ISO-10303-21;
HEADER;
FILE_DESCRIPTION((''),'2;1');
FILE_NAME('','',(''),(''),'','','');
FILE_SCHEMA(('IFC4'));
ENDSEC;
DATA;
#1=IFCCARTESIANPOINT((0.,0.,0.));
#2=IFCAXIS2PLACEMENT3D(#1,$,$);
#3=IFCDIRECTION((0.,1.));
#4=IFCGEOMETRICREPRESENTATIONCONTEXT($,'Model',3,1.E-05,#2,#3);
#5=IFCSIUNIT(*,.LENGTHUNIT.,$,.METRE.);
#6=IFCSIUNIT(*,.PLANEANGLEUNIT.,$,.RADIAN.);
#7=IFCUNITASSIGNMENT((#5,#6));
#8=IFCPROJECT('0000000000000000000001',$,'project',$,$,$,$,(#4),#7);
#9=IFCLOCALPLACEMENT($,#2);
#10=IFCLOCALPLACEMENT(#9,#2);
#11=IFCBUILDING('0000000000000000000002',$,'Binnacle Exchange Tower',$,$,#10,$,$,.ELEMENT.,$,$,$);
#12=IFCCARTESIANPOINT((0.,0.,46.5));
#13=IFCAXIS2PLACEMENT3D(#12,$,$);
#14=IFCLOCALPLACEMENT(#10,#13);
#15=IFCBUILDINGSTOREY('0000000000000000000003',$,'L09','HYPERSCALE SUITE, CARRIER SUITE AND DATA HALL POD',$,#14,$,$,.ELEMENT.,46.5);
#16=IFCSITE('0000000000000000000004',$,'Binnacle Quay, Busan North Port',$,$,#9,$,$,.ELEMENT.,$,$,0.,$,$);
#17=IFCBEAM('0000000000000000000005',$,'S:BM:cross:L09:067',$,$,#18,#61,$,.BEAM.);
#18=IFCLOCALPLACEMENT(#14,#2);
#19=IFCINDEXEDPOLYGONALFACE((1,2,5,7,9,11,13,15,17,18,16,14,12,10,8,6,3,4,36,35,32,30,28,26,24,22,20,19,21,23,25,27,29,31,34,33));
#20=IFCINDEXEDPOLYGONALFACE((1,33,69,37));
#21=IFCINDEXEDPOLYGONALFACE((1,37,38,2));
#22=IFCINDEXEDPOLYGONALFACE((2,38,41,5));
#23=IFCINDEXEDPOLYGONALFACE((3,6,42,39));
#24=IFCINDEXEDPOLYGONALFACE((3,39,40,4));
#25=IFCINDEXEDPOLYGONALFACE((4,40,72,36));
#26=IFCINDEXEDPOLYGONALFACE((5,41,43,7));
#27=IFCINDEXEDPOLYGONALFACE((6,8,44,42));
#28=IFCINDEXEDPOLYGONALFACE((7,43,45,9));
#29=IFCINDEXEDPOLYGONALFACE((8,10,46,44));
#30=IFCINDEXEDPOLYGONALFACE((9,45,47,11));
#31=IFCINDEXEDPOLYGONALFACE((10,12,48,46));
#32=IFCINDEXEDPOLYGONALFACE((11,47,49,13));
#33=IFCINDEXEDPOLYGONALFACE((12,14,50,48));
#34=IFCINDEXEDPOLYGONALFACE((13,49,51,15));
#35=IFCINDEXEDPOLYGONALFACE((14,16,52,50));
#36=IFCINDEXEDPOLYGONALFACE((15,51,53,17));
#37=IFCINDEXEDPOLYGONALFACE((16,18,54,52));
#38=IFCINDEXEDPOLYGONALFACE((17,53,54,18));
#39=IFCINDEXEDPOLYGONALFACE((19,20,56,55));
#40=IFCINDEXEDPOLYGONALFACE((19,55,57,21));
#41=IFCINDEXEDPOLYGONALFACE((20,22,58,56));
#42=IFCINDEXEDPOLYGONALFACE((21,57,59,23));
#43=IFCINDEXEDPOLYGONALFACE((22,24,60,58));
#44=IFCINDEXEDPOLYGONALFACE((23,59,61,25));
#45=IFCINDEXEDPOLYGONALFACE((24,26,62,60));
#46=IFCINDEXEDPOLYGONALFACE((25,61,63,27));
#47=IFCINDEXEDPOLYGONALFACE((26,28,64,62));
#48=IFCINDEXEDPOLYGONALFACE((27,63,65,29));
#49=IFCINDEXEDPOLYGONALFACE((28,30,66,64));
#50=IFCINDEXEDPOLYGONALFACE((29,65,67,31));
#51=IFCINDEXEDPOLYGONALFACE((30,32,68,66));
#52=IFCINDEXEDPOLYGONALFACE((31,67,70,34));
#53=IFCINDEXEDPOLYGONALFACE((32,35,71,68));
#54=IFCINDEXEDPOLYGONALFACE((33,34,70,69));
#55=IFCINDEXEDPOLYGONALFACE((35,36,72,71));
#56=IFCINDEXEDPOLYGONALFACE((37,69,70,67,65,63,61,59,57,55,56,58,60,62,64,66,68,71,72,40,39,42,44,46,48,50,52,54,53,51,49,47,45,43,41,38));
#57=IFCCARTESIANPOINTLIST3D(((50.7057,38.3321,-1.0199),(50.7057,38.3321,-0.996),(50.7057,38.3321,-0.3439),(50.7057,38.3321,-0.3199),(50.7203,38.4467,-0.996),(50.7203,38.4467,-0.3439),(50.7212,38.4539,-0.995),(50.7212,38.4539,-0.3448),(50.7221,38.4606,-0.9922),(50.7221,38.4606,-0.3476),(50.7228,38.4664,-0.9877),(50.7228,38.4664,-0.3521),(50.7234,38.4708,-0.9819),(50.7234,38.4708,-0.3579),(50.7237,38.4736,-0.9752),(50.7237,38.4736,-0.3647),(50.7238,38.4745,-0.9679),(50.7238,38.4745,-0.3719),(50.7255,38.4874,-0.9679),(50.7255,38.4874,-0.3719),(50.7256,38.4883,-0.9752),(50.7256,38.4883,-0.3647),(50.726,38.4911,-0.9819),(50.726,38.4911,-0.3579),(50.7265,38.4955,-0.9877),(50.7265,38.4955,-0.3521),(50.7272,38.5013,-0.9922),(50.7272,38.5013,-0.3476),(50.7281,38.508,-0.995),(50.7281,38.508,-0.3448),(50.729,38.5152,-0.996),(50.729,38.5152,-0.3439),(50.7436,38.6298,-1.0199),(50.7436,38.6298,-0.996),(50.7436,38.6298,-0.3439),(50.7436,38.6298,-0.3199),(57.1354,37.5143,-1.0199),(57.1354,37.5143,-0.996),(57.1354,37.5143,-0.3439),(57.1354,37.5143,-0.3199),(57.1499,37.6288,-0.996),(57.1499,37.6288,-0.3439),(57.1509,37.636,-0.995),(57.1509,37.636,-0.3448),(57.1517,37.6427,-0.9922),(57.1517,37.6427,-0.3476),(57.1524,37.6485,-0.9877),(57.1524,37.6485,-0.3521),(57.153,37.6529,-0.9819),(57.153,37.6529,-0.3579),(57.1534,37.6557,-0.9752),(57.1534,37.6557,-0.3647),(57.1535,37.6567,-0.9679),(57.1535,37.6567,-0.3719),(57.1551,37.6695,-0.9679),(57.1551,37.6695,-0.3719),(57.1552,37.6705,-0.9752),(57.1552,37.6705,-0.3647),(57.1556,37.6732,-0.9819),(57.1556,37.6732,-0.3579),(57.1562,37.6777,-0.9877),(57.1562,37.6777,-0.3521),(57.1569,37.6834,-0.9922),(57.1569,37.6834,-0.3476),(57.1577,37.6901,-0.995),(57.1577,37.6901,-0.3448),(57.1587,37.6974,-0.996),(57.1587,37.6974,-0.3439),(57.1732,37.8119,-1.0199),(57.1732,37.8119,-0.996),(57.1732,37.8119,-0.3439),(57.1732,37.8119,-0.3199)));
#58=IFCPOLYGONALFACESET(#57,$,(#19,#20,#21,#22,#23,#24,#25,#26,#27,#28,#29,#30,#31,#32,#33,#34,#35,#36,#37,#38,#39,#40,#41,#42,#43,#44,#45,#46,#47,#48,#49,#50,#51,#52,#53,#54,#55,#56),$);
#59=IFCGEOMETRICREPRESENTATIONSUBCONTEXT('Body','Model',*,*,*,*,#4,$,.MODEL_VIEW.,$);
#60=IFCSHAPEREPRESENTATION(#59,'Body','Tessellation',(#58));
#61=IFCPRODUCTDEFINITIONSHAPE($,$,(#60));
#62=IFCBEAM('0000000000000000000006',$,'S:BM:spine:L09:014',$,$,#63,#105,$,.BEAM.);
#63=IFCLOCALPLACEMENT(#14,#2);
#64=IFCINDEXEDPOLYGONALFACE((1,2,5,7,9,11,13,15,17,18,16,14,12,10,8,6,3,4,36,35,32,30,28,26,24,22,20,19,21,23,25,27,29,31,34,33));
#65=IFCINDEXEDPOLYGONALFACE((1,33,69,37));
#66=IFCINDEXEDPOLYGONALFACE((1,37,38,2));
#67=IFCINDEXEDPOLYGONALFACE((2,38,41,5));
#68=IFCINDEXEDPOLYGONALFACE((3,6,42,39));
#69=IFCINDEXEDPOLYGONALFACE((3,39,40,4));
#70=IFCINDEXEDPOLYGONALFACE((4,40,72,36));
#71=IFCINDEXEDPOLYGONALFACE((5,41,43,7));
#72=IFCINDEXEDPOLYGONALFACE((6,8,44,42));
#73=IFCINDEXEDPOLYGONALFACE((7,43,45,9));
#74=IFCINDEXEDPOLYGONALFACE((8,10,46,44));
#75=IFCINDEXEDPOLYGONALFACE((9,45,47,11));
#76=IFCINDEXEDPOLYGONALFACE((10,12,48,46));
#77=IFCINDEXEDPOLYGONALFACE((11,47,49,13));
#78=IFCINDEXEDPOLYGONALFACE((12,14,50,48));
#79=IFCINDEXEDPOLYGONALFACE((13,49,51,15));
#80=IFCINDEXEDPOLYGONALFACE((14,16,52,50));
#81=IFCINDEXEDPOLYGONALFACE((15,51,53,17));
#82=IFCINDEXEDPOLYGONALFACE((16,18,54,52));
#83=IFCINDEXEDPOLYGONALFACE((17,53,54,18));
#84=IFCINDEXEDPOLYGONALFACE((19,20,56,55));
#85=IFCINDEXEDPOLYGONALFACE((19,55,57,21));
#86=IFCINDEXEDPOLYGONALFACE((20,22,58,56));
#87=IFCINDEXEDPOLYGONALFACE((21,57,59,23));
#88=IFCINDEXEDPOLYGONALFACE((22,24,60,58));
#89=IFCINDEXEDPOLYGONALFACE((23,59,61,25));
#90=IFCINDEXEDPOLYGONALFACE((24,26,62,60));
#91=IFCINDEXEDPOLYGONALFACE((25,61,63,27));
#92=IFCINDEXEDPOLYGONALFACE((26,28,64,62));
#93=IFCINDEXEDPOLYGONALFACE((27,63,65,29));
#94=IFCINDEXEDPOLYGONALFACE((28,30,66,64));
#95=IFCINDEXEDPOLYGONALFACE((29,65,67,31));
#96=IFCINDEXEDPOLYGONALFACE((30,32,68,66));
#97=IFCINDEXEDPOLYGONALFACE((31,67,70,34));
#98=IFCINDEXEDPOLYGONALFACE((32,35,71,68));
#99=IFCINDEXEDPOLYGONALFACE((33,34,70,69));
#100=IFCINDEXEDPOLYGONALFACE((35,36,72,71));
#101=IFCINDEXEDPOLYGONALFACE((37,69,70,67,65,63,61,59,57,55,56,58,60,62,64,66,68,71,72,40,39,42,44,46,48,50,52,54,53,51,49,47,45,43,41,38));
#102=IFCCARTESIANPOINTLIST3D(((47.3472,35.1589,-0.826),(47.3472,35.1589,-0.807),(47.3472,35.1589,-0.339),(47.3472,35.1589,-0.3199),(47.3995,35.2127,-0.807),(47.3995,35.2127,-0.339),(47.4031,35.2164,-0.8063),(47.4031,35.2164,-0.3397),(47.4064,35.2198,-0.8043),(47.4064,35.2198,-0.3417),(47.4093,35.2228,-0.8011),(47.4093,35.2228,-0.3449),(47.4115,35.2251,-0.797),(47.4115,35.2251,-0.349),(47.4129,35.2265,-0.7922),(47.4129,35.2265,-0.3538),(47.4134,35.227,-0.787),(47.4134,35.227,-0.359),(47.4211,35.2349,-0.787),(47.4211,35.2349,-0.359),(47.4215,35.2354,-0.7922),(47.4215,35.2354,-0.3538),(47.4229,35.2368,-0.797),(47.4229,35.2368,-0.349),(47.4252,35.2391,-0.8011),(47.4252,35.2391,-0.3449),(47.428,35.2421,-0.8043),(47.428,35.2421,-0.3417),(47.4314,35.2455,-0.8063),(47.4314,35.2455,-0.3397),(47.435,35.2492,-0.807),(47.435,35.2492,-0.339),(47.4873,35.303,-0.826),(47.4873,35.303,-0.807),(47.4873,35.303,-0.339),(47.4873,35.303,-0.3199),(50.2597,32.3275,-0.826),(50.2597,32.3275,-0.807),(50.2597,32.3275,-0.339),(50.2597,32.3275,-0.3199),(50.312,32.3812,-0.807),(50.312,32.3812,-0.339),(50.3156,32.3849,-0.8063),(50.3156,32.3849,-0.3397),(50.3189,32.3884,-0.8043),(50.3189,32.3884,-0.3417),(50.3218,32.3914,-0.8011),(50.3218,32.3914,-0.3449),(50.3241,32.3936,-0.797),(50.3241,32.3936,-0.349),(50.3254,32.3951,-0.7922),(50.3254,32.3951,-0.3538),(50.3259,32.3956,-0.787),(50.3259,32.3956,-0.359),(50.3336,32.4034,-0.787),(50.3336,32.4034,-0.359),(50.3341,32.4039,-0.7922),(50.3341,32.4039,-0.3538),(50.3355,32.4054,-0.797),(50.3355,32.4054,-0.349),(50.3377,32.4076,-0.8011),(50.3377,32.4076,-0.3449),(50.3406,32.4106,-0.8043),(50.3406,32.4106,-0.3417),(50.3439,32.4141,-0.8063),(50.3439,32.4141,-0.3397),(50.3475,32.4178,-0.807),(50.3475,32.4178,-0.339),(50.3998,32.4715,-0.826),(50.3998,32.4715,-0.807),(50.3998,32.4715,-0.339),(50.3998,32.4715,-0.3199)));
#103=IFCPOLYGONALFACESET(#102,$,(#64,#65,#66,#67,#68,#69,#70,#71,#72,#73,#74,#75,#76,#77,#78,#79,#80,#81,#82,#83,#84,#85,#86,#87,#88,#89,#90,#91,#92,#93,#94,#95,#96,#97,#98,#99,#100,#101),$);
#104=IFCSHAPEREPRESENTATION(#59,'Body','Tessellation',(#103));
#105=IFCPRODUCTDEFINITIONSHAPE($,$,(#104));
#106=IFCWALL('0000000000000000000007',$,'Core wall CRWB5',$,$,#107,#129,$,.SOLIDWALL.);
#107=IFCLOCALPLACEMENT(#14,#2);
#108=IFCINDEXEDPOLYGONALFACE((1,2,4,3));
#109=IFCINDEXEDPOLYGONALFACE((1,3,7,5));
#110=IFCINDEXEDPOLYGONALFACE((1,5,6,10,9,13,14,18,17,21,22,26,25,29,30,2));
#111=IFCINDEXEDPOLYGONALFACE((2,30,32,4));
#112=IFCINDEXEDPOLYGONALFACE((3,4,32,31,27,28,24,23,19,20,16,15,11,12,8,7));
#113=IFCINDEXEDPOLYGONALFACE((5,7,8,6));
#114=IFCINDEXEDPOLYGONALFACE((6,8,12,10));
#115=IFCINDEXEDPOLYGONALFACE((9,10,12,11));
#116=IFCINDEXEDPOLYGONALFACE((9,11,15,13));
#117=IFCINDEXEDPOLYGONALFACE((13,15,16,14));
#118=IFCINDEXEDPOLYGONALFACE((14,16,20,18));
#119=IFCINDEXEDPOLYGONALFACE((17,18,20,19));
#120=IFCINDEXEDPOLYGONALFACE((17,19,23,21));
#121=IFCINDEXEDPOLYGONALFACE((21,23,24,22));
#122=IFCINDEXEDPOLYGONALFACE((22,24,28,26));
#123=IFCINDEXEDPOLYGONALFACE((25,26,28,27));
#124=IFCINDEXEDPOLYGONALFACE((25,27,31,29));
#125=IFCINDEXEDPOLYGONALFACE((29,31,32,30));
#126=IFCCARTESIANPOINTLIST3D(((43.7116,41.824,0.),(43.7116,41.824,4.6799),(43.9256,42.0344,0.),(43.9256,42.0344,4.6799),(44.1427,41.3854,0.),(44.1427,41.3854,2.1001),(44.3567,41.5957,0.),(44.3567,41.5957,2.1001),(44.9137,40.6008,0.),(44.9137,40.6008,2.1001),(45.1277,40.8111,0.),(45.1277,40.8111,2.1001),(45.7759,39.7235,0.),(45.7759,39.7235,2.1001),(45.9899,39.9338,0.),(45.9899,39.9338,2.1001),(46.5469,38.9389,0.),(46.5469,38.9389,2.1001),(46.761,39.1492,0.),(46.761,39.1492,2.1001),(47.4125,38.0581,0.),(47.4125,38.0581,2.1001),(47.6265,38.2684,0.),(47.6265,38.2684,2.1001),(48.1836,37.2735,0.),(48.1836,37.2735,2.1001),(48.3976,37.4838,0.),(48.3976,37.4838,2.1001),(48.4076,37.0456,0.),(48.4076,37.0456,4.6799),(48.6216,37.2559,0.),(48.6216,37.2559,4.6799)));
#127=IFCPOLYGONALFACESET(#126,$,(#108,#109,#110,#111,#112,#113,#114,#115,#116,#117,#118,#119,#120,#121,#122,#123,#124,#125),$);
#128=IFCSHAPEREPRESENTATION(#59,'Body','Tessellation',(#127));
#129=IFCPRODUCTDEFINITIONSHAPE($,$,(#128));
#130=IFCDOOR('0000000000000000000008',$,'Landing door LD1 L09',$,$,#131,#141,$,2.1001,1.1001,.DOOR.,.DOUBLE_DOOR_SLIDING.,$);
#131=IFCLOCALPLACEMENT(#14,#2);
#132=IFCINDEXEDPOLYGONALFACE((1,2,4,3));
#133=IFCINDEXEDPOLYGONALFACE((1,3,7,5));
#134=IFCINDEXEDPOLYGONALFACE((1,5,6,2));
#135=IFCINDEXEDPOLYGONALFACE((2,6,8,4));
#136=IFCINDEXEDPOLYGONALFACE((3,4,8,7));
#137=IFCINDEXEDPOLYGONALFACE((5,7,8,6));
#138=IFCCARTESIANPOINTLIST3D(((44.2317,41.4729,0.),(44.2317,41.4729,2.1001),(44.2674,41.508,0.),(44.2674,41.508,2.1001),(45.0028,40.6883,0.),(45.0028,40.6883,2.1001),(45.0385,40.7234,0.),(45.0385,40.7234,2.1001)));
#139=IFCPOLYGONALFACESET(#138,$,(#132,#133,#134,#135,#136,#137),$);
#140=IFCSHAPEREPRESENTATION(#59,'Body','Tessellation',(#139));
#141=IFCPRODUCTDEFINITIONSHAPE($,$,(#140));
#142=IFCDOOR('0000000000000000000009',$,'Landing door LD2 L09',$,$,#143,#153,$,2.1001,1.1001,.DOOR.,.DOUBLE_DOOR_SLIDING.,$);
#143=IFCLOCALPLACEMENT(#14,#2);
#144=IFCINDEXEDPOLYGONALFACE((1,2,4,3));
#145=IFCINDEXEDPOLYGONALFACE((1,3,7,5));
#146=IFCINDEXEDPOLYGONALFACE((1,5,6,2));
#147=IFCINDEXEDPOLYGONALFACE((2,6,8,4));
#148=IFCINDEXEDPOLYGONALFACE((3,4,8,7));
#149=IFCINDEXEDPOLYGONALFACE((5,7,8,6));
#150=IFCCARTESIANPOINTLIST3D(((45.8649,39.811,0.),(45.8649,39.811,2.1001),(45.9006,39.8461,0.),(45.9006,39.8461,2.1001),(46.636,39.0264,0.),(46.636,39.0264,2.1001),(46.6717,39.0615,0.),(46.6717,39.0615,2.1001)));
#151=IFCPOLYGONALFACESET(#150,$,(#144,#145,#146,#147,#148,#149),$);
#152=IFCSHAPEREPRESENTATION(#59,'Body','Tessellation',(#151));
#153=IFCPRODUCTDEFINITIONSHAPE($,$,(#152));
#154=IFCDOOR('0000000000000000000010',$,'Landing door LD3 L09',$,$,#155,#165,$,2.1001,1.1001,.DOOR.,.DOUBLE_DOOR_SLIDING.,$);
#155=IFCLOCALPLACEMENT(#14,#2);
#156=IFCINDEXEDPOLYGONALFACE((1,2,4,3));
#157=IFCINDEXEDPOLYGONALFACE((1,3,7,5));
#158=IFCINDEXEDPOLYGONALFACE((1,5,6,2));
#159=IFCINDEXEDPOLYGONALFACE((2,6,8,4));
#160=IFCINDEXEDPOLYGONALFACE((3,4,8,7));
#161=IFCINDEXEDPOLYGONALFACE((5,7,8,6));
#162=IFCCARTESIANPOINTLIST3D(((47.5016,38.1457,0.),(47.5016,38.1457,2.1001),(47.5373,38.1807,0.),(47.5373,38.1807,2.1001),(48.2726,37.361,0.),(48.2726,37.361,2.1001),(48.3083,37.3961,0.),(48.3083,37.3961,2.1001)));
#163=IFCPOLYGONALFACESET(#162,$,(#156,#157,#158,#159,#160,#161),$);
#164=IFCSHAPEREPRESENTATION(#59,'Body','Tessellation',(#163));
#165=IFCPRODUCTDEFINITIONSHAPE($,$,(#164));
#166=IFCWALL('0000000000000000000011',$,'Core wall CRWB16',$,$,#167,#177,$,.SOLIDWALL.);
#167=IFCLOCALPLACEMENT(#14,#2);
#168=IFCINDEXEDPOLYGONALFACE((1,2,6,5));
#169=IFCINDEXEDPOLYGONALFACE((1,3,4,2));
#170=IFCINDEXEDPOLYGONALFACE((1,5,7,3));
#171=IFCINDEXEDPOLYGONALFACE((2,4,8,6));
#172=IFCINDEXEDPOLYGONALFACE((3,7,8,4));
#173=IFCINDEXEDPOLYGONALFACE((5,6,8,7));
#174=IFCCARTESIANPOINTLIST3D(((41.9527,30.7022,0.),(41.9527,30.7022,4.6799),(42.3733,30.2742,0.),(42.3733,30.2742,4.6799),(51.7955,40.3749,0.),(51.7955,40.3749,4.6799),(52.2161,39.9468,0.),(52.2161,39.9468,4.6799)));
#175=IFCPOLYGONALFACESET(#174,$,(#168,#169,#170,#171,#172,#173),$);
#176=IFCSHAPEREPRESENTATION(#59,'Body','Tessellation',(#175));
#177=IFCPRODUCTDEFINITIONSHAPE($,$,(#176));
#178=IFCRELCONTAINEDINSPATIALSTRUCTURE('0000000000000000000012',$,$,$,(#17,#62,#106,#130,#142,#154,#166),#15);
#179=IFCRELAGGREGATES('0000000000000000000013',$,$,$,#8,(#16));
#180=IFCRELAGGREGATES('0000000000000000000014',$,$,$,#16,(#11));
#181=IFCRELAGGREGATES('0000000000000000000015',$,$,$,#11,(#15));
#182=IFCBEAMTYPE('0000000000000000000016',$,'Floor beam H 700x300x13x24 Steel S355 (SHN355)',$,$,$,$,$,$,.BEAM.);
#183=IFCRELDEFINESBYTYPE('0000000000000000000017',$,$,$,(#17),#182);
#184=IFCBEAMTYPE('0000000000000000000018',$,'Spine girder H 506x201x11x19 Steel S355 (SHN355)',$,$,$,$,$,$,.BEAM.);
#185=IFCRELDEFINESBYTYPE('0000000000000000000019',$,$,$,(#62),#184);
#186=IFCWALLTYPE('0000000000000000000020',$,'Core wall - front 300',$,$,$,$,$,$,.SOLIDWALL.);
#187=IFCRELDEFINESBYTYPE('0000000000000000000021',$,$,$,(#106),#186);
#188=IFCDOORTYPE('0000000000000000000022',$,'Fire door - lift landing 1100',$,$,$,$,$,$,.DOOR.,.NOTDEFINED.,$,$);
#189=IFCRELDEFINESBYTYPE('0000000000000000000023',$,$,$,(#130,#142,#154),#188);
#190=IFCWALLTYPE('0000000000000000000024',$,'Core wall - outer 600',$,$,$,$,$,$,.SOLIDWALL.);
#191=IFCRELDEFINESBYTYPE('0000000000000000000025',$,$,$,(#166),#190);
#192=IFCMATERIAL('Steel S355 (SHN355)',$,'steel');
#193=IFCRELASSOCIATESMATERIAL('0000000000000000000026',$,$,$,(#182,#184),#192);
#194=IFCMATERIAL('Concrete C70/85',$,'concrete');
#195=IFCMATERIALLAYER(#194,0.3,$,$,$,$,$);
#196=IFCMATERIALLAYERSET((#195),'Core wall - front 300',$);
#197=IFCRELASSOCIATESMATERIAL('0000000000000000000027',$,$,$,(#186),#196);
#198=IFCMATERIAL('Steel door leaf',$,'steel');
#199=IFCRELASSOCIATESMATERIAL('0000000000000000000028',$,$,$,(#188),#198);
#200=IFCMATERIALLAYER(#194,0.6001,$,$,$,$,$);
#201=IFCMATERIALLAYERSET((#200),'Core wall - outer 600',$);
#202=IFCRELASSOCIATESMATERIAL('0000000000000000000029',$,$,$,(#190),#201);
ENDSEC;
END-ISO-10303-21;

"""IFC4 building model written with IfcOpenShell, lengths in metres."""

from ifc_helpers import new_model, si_unit, direction, frame, frame_2d, origin, origin_2d, place, context, subcontext, project, spatial, rectangle, i_section, extrude, material, layer, layer_set, material_profile, profile_set, type_object, element, fill, save


model = new_model("IFC4")

# Units and contexts
model_context = context("Model", 3, precision=1e-05, world=origin(), true_north=direction((0.0, 1.0)))
body_context = subcontext(model_context, "Body", "Model", "MODEL_VIEW")
ifc_project = project(units=[si_unit("LENGTHUNIT", "METRE"), si_unit("PLANEANGLEUNIT", "RADIAN")], contexts=[model_context])

# Site, building, storey
site_placement = place(None, origin())
site = spatial("IfcSite", under=ifc_project, at=site_placement, Name="Binnacle Quay, Busan North Port", CompositionType="ELEMENT", RefElevation=0.0)
building_placement = place(site_placement, origin())
building = spatial("IfcBuilding", under=site, at=building_placement, Name="Binnacle Exchange Tower", CompositionType="ELEMENT")
storey_placement = place(building_placement, frame((0.0, 0.0, 46.5)))
storey = spatial("IfcBuildingStorey", under=building, at=storey_placement, Name="L09", Description="HYPERSCALE SUITE, CARRIER SUITE AND DATA HALL POD", CompositionType="ELEMENT", Elevation=46.5)

# Shared definitions
ifc_material_1 = material(Name="Concrete C70/85", Category="concrete")

# Beams
ifc_material_2 = material(Name="Steel S355 (SHN355)", Category="steel")
ifc_material_profile_1 = material_profile(ifc_material_2, i_section(OverallWidth=0.3, OverallDepth=0.7, WebThickness=0.0129, FlangeThickness=0.0239, FilletRadius=0.0281, at=origin_2d()), Name="H 700x300x13x24")
ifc_profile_set_1 = profile_set([ifc_material_profile_1], Name="Steel S355 (SHN355)")
beam_type_1 = type_object("IfcBeamType", Name="Floor beam H 700x300x13x24 Steel S355 (SHN355)", PredefinedType="BEAM", material=ifc_profile_set_1)
beam_1_placement = place(storey_placement, frame((57.1543, 37.6631, -0.6699), z_axis=(-0.992007, 0.126186, 0.0), x_axis=(-0.126186, -0.992007, 0.0)))
element("IfcBeam", 1, at=beam_1_placement, inside=storey, type_object=beam_type_1, Name="S:BM:cross:L09:067", PredefinedType="BEAM", context=body_context, shape_type="SweptSolid", body=[
    extrude(i_section(OverallWidth=0.3, OverallDepth=0.7, WebThickness=0.0129, FlangeThickness=0.0239, FilletRadius=0.0281, at=origin_2d()), origin(), (0.0, 0.0, 1.0), 6.4814),
])
ifc_material_profile_2 = material_profile(ifc_material_2, i_section(OverallWidth=0.2009, OverallDepth=0.5061, WebThickness=0.011, FlangeThickness=0.019, FilletRadius=0.02, at=origin_2d()), Name="H 506x201x11x19")
ifc_profile_set_2 = profile_set([ifc_material_profile_2], Name="Steel S355 (SHN355)")
beam_type_2 = type_object("IfcBeamType", Name="Spine girder H 506x201x11x19 Steel S355 (SHN355)", PredefinedType="BEAM", material=ifc_profile_set_2)
beam_2_placement = place(storey_placement, frame((47.4172, 35.231, -0.573), z_axis=(0.717013, -0.69706, 0.0), x_axis=(0.69706, 0.717013, 0.0)))
element("IfcBeam", 2, at=beam_2_placement, inside=storey, type_object=beam_type_2, Name="S:BM:spine:L09:014", PredefinedType="BEAM", context=body_context, shape_type="SweptSolid", body=[
    extrude(i_section(OverallWidth=0.2009, OverallDepth=0.5061, WebThickness=0.011, FlangeThickness=0.019, FilletRadius=0.02, at=origin_2d()), origin(), (0.0, 0.0, 1.0), 4.062),
])

# Wall, openings, doors
ifc_layer_1 = layer(ifc_material_1, 0.3)
ifc_layer_set_1 = layer_set([ifc_layer_1], Name="Core wall - front 300")
wall_type_1 = type_object("IfcWallType", Name="Core wall - front 300", PredefinedType="SOLIDWALL", material=ifc_layer_set_1)
wall_1_placement = place(storey_placement, frame((43.8186, 41.9292, 0.0), z_axis=(0.0, 0.0, 1.0), x_axis=(0.700922, -0.713238, 0.0)))
wall_1 = element("IfcWall", 3, at=wall_1_placement, inside=storey, type_object=wall_type_1, Name="Core wall CRWB5", PredefinedType="SOLIDWALL", context=body_context, shape_type="SweptSolid", body=[
    extrude(rectangle(XDim=6.6997, YDim=0.3, at=frame_2d((3.3499, 0.0))), origin(), (0.0, 0.0, 1.0), 4.6799),
])
opening_1_placement = place(wall_1_placement, frame((0.615, 0.0, 0.0)))
opening_1 = element("IfcOpeningElement", 4, at=opening_1_placement, cuts=wall_1, PredefinedType="OPENING", context=body_context, shape_type="SweptSolid", body=[
    extrude(rectangle(XDim=1.1001, YDim=2.1001, at=frame_2d((0.55, 1.05))), frame((0.0, 0.1599, 0.0), z_axis=(0.0, -1.0, 0.0), x_axis=(1.0, 0.0, 0.0)), (0.0, 0.0, 1.0), 0.3201),
])
opening_2_placement = place(wall_1_placement, frame((2.9451, 0.0, 0.0)))
opening_2 = element("IfcOpeningElement", 5, at=opening_2_placement, cuts=wall_1, PredefinedType="OPENING", context=body_context, shape_type="SweptSolid", body=[
    extrude(rectangle(XDim=1.1001, YDim=2.1001, at=frame_2d((0.55, 1.05))), frame((0.0, 0.1599, 0.0), z_axis=(0.0, -1.0, 0.0), x_axis=(1.0, 0.0, 0.0)), (0.0, 0.0, 1.0), 0.3201),
])
opening_3_placement = place(wall_1_placement, frame((5.28, 0.0, 0.0)))
opening_3 = element("IfcOpeningElement", 6, at=opening_3_placement, cuts=wall_1, PredefinedType="OPENING", context=body_context, shape_type="SweptSolid", body=[
    extrude(rectangle(XDim=1.1001, YDim=2.1001, at=frame_2d((0.55, 1.05))), frame((0.0, 0.1599, 0.0), z_axis=(0.0, -1.0, 0.0), x_axis=(1.0, 0.0, 0.0)), (0.0, 0.0, 1.0), 0.3201),
])
ifc_material_3 = material(Name="Steel door leaf", Category="steel")
door_type_1 = type_object("IfcDoorType", Name="Fire door - lift landing 1100", OperationType="NOTDEFINED", PredefinedType="DOOR", material=ifc_material_3)
door_1_placement = place(opening_1_placement, origin())
door_1 = element("IfcDoor", 7, at=door_1_placement, inside=storey, type_object=door_type_1, Name="Landing door LD1 L09", OperationType="DOUBLE_DOOR_SLIDING", OverallHeight=2.1001, OverallWidth=1.1001, PredefinedType="DOOR", context=body_context, shape_type="SweptSolid", body=[
    extrude(rectangle(XDim=1.1001, YDim=2.1001, at=frame_2d((0.55, 1.05))), frame((0.0, 0.0249, 0.0), z_axis=(0.0, -1.0, 0.0), x_axis=(1.0, 0.0, 0.0)), (0.0, 0.0, 1.0), 0.05),
])
fill(opening_1, door_1)
door_2_placement = place(opening_2_placement, origin())
door_2 = element("IfcDoor", 8, at=door_2_placement, inside=storey, type_object=door_type_1, Name="Landing door LD2 L09", OperationType="DOUBLE_DOOR_SLIDING", OverallHeight=2.1001, OverallWidth=1.1001, PredefinedType="DOOR", context=body_context, shape_type="SweptSolid", body=[
    extrude(rectangle(XDim=1.1001, YDim=2.1001, at=frame_2d((0.55, 1.05))), frame((0.0, 0.0249, 0.0), z_axis=(0.0, -1.0, 0.0), x_axis=(1.0, 0.0, 0.0)), (0.0, 0.0, 1.0), 0.05),
])
fill(opening_2, door_2)
door_3_placement = place(opening_3_placement, origin())
door_3 = element("IfcDoor", 9, at=door_3_placement, inside=storey, type_object=door_type_1, Name="Landing door LD3 L09", OperationType="DOUBLE_DOOR_SLIDING", OverallHeight=2.1001, OverallWidth=1.1001, PredefinedType="DOOR", context=body_context, shape_type="SweptSolid", body=[
    extrude(rectangle(XDim=1.1001, YDim=2.1001, at=frame_2d((0.55, 1.05))), frame((0.0, 0.0249, 0.0), z_axis=(0.0, -1.0, 0.0), x_axis=(1.0, 0.0, 0.0)), (0.0, 0.0, 1.0), 0.05),
])
fill(opening_3, door_3)

# Wall
ifc_layer_2 = layer(ifc_material_1, 0.6001)
ifc_layer_set_2 = layer_set([ifc_layer_2], Name="Core wall - outer 600")
wall_type_2 = type_object("IfcWallType", Name="Core wall - outer 600", PredefinedType="SOLIDWALL", material=ifc_layer_set_2)
wall_2_placement = place(storey_placement, frame((42.1631, 30.4883, 0.0), z_axis=(0.0, 0.0, 1.0), x_axis=(0.713245, 0.700914, 0.0)))
element("IfcWall", 10, at=wall_2_placement, inside=storey, type_object=wall_type_2, Name="Core wall CRWB16", PredefinedType="SOLIDWALL", context=body_context, shape_type="SweptSolid", body=[
    extrude(rectangle(XDim=13.8, YDim=0.6001, at=frame_2d((6.8999, 0.0))), origin(), (0.0, 0.0, 1.0), 4.6799),
])

save(model, "model.ifc")
